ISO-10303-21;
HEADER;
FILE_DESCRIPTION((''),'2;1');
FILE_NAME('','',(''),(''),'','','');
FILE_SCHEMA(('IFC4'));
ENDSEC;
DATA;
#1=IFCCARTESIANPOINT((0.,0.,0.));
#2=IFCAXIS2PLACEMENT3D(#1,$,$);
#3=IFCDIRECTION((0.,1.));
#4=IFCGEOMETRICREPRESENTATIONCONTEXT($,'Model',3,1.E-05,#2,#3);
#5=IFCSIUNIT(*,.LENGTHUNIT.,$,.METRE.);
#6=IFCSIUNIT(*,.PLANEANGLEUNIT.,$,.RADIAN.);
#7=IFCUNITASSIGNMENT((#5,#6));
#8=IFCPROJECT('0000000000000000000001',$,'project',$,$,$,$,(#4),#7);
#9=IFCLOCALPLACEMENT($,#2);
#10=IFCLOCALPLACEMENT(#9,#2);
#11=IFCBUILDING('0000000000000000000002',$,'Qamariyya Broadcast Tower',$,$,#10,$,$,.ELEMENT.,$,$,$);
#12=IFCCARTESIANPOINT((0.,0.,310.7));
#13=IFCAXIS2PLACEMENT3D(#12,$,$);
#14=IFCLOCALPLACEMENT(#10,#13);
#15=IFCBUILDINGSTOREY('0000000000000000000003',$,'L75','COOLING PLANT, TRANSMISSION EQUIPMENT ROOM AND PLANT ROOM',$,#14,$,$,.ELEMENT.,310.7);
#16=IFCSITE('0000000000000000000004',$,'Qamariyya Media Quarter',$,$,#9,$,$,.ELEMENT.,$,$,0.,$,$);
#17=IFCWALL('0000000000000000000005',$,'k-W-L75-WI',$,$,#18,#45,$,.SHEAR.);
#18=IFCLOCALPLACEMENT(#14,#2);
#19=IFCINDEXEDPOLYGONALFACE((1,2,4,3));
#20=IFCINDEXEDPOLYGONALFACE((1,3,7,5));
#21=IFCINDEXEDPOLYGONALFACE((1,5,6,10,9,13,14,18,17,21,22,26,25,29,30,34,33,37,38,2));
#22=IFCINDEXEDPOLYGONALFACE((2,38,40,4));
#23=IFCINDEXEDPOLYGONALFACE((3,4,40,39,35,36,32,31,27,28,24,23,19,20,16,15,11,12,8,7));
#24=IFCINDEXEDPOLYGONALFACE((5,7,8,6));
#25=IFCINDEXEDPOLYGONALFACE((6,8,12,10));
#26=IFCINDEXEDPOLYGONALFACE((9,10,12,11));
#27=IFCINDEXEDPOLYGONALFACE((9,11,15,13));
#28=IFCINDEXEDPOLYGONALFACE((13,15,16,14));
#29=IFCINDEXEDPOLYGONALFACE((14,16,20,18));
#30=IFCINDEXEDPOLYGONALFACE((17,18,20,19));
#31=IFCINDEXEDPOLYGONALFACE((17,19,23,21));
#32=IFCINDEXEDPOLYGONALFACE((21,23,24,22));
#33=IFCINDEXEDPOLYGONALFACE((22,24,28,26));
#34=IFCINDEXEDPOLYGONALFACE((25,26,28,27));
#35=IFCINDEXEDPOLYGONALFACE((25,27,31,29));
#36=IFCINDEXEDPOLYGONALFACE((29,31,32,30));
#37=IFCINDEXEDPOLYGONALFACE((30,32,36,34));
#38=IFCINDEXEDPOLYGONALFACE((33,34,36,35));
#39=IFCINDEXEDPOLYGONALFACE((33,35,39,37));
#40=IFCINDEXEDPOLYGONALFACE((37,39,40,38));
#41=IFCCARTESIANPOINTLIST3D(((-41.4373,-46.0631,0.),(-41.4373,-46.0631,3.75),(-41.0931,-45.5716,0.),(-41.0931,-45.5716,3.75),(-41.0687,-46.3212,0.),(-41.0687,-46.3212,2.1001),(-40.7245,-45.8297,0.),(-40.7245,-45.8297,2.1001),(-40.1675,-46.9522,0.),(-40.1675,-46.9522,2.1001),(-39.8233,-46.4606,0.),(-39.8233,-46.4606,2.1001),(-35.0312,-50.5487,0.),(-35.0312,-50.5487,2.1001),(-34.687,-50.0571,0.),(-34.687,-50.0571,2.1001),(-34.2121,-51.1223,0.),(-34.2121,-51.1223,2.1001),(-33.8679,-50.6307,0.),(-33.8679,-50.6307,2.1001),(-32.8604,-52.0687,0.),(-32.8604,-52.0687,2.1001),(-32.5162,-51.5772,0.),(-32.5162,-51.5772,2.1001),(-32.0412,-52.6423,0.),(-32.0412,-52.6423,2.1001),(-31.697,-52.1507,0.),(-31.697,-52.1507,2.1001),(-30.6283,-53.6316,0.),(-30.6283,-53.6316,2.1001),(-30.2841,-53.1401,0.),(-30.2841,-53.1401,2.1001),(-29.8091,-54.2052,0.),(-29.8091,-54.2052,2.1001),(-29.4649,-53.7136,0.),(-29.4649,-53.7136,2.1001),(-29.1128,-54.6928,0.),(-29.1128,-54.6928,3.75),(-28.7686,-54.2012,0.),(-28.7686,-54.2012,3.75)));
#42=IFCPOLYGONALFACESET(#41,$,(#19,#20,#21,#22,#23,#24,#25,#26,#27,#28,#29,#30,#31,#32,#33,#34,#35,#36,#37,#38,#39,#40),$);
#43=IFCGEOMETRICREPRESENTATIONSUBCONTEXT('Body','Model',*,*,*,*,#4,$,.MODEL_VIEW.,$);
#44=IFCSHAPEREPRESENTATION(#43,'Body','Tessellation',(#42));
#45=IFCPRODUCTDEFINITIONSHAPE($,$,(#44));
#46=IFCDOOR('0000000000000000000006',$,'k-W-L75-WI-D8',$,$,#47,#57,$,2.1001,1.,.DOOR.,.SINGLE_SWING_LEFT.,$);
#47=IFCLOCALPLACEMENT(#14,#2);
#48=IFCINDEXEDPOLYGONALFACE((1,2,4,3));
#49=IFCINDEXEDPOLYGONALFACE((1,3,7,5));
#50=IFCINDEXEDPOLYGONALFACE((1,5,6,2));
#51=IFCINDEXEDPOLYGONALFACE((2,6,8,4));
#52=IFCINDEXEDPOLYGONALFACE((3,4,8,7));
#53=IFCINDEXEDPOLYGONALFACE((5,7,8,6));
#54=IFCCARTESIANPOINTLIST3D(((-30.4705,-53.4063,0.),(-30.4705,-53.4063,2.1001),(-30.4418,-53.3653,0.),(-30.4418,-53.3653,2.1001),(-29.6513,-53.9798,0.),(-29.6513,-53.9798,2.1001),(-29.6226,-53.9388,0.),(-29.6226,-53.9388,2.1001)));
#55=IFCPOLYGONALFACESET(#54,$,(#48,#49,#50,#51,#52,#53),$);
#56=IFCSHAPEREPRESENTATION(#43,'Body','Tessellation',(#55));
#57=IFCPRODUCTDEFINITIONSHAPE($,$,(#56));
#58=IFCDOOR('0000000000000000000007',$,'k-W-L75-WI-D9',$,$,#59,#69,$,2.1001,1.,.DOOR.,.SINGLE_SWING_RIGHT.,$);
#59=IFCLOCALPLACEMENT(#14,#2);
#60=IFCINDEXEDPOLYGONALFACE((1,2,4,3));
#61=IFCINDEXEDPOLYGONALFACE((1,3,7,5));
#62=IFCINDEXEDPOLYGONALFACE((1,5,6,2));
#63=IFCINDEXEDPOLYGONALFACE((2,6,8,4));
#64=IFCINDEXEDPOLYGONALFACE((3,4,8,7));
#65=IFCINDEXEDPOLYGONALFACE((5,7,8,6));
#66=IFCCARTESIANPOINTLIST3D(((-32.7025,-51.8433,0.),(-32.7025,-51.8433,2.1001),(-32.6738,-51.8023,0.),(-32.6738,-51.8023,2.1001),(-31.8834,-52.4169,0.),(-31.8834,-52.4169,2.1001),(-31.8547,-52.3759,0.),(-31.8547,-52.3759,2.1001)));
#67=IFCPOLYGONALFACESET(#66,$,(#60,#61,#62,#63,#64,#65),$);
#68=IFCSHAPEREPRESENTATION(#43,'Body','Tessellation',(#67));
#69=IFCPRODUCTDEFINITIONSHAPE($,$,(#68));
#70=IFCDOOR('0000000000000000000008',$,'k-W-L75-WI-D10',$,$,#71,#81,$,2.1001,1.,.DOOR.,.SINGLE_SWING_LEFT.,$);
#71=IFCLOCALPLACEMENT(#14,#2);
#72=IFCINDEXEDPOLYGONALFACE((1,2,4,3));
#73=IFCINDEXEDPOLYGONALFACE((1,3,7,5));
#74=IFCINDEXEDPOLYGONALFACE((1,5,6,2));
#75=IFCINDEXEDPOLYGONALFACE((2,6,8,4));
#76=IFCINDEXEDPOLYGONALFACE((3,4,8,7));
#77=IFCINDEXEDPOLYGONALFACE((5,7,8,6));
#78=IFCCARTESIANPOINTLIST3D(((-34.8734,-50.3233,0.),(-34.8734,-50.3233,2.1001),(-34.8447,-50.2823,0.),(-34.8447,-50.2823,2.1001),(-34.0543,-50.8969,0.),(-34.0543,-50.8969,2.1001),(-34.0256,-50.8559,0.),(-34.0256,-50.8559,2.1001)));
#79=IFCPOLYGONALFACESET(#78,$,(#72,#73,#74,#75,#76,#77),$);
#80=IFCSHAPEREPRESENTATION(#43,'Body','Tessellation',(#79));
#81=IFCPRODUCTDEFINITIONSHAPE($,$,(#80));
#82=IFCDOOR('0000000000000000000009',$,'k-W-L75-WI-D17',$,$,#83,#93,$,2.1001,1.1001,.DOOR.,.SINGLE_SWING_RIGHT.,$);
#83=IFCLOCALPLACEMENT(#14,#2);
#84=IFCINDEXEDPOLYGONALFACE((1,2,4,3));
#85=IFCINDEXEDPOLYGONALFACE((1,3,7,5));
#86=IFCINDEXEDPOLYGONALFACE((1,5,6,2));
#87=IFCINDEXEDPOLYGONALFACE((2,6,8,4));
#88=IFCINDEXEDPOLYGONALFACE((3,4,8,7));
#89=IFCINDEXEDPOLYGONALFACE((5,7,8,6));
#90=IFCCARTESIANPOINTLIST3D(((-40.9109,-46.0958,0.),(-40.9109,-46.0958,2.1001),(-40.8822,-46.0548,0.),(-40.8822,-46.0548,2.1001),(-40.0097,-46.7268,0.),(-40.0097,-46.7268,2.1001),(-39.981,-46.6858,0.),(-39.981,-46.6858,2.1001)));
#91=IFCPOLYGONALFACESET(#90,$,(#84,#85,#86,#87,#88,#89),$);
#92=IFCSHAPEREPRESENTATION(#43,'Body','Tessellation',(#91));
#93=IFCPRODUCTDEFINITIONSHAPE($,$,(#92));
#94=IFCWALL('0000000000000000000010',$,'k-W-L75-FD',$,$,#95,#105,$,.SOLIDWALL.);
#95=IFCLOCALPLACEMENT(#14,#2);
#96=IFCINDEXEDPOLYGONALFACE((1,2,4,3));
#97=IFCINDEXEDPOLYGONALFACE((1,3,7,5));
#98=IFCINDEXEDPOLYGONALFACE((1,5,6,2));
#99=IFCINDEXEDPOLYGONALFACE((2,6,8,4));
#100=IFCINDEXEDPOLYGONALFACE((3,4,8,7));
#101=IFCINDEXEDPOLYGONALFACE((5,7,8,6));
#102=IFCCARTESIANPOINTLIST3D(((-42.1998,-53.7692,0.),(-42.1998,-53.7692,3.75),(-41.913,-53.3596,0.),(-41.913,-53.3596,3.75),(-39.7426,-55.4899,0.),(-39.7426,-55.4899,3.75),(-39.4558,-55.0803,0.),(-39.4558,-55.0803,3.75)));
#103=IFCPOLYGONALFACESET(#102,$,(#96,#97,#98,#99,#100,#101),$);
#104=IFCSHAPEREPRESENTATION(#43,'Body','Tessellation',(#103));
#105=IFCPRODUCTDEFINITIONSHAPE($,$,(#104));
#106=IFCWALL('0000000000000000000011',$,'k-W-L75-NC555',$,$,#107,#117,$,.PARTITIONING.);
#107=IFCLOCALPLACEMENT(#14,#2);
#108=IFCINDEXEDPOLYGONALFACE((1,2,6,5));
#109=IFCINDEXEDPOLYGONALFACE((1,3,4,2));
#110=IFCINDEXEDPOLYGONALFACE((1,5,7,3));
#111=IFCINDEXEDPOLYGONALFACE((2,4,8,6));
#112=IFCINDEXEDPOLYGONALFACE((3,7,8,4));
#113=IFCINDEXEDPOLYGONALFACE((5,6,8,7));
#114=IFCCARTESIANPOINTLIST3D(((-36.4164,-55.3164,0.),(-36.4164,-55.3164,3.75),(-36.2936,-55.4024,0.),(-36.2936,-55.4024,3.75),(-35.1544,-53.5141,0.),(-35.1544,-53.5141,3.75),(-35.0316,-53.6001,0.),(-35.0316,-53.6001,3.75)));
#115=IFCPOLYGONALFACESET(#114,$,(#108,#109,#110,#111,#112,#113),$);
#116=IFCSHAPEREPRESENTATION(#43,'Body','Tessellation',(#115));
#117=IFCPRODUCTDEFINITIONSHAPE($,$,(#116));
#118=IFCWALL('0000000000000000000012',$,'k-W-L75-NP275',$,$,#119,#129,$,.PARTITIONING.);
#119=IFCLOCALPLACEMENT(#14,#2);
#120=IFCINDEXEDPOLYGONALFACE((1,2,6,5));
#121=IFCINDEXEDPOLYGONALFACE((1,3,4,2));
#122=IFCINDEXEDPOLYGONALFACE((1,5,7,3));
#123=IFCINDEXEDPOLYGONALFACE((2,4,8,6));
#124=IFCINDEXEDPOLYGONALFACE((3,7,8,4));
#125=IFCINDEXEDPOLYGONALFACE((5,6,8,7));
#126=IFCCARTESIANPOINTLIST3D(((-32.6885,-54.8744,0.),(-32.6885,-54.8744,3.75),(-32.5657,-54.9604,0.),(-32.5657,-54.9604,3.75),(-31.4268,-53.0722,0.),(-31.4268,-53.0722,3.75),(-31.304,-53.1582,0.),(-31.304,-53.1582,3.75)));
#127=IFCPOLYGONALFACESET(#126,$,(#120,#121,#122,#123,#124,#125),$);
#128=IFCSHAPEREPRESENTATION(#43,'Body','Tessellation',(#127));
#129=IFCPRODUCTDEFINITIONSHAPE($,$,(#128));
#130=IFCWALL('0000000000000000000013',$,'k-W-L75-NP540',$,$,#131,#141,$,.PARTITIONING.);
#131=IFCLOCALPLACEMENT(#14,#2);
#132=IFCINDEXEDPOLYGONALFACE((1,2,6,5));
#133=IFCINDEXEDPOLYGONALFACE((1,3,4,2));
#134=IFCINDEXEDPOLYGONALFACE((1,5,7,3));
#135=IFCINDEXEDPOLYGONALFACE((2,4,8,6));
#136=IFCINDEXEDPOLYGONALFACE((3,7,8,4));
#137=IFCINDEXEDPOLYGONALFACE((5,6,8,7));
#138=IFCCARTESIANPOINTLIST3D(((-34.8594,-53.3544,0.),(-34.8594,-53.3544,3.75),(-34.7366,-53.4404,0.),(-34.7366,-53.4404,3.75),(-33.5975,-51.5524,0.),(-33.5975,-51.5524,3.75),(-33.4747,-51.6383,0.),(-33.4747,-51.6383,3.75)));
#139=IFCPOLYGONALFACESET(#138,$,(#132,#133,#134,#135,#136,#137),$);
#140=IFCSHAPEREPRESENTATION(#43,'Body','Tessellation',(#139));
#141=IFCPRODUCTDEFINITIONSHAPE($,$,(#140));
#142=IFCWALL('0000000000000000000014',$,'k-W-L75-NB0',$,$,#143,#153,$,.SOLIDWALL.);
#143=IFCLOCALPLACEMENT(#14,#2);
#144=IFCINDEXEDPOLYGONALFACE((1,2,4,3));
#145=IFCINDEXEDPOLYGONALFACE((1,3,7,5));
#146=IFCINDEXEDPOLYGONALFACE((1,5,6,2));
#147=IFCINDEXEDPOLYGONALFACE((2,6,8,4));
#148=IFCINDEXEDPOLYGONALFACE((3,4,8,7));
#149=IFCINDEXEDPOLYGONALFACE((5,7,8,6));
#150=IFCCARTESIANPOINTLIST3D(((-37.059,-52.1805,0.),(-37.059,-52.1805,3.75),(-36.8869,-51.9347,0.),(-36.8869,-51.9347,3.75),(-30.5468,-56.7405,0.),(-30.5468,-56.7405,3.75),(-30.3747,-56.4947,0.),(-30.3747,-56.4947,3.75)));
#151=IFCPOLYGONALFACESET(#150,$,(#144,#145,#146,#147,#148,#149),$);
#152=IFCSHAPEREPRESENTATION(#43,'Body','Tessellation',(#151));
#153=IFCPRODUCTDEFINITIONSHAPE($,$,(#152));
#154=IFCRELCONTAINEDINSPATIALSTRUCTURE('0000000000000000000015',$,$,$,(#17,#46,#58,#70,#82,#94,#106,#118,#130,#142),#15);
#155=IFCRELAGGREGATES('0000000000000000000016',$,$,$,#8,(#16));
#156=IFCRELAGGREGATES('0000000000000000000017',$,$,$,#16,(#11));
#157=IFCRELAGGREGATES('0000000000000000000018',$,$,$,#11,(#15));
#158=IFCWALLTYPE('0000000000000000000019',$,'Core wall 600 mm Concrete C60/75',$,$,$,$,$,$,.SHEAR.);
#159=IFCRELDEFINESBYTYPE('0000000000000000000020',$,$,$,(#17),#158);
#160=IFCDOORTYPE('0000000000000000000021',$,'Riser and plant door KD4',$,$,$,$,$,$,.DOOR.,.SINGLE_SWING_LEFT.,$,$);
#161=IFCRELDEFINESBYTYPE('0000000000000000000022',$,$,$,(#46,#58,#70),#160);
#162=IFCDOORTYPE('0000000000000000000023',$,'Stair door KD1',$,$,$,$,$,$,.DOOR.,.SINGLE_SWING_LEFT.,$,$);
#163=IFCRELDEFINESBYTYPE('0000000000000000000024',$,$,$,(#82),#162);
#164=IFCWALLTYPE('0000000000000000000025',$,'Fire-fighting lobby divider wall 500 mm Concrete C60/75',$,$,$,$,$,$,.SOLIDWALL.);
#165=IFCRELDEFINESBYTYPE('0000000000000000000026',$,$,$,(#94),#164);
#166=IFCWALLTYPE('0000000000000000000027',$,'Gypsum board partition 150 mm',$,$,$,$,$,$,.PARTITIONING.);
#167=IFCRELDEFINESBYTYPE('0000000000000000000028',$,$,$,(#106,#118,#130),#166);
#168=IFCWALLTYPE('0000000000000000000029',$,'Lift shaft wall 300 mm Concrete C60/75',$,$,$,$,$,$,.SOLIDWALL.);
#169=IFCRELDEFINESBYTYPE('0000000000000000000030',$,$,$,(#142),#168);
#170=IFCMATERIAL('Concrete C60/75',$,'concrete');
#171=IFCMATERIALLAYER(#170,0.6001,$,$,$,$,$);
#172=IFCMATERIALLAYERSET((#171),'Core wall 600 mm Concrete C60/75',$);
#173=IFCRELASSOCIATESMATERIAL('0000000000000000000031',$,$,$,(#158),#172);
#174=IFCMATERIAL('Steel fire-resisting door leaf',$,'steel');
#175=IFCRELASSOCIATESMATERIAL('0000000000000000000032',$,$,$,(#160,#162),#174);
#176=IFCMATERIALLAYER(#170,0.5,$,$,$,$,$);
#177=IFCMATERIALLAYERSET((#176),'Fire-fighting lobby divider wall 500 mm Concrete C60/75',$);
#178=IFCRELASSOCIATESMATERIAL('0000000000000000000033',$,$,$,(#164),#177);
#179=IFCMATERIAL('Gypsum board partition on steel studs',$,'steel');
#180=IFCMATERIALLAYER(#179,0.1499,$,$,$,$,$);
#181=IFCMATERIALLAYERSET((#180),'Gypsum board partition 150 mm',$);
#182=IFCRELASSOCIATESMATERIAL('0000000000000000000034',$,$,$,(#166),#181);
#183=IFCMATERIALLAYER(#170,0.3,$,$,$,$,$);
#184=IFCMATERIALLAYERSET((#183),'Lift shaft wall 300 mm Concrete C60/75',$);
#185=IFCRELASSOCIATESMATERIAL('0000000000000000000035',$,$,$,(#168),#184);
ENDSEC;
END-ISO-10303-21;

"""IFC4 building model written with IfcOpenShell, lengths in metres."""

from ifc_helpers import new_model, si_unit, direction, frame, frame_2d, origin, place, context, subcontext, project, spatial, rectangle, extrude, material, layer, layer_set, type_object, element, fill, save


model = new_model("IFC4")

# Units and contexts
model_context = context("Model", 3, precision=1e-05, world=origin(), true_north=direction((0.0, 1.0)))
body_context = subcontext(model_context, "Body", "Model", "MODEL_VIEW")
ifc_project = project(units=[si_unit("LENGTHUNIT", "METRE"), si_unit("PLANEANGLEUNIT", "RADIAN")], contexts=[model_context])

# Site, building, storey
site_placement = place(None, origin())
site = spatial("IfcSite", under=ifc_project, at=site_placement, Name="Qamariyya Media Quarter", CompositionType="ELEMENT", RefElevation=0.0)
building_placement = place(site_placement, origin())
building = spatial("IfcBuilding", under=site, at=building_placement, Name="Qamariyya Broadcast Tower", CompositionType="ELEMENT")
storey_placement = place(building_placement, frame((0.0, 0.0, 310.7)))
storey = spatial("IfcBuildingStorey", under=building, at=storey_placement, Name="L75", Description="COOLING PLANT, TRANSMISSION EQUIPMENT ROOM AND PLANT ROOM", CompositionType="ELEMENT", Elevation=310.7)

# Wall, openings, doors
ifc_material_1 = material(Name="Concrete C60/75", Category="concrete")
ifc_layer_1 = layer(ifc_material_1, 0.6001)
ifc_layer_set_1 = layer_set([ifc_layer_1], Name="Core wall 600 mm Concrete C60/75")
wall_type_1 = type_object("IfcWallType", Name="Core wall 600 mm Concrete C60/75", PredefinedType="SHEAR", material=ifc_layer_set_1)
wall_1_placement = place(storey_placement, frame((-28.9407, -54.447, 0.0), z_axis=(0.0, 0.0, 1.0), x_axis=(-0.819153, 0.573575, 0.0)))
wall_1 = element("IfcWall", 1, at=wall_1_placement, inside=storey, type_object=wall_type_1, Name="k-W-L75-WI", PredefinedType="SHEAR", context=body_context, shape_type="SweptSolid", body=[
    extrude(rectangle(XDim=15.0454, YDim=0.6001, at=frame_2d((7.5227, 0.0))), origin(), (0.0, 0.0, 1.0), 3.75),
])
opening_1_placement = place(wall_1_placement, frame((0.8501, 0.0, 0.0)))
opening_1 = element("IfcOpeningElement", 2, at=opening_1_placement, cuts=wall_1, PredefinedType="OPENING", context=body_context, shape_type="SweptSolid", body=[
    extrude(rectangle(XDim=1.0, YDim=2.1001, at=frame_2d((0.5, 1.05))), frame((0.0, 0.3101, 0.0), z_axis=(0.0, -1.0, 0.0), x_axis=(1.0, 0.0, 0.0)), (0.0, 0.0, 1.0), 0.6201),
])
opening_2_placement = place(wall_1_placement, frame((3.575, 0.0, 0.0)))
opening_2 = element("IfcOpeningElement", 3, at=opening_2_placement, cuts=wall_1, PredefinedType="OPENING", context=body_context, shape_type="SweptSolid", body=[
    extrude(rectangle(XDim=1.0, YDim=2.1001, at=frame_2d((0.5, 1.05))), frame((0.0, 0.3101, 0.0), z_axis=(0.0, -1.0, 0.0), x_axis=(1.0, 0.0, 0.0)), (0.0, 0.0, 1.0), 0.6201),
])
opening_3_placement = place(wall_1_placement, frame((6.2251, 0.0, 0.0)))
opening_3 = element("IfcOpeningElement", 4, at=opening_3_placement, cuts=wall_1, PredefinedType="OPENING", context=body_context, shape_type="SweptSolid", body=[
    extrude(rectangle(XDim=1.0, YDim=2.1001, at=frame_2d((0.5, 1.05))), frame((0.0, 0.3101, 0.0), z_axis=(0.0, -1.0, 0.0), x_axis=(1.0, 0.0, 0.0)), (0.0, 0.0, 1.0), 0.6201),
])
opening_4_placement = place(wall_1_placement, frame((13.4954, 0.0, 0.0)))
opening_4 = element("IfcOpeningElement", 5, at=opening_4_placement, cuts=wall_1, PredefinedType="OPENING", context=body_context, shape_type="SweptSolid", body=[
    extrude(rectangle(XDim=1.1001, YDim=2.1001, at=frame_2d((0.55, 1.05))), frame((0.0, 0.3101, 0.0), z_axis=(0.0, -1.0, 0.0), x_axis=(1.0, 0.0, 0.0)), (0.0, 0.0, 1.0), 0.6201),
])
ifc_material_2 = material(Name="Steel fire-resisting door leaf", Category="steel")
door_type_1 = type_object("IfcDoorType", Name="Riser and plant door KD4", OperationType="SINGLE_SWING_LEFT", PredefinedType="DOOR", material=ifc_material_2)
door_1_placement = place(opening_1_placement, origin())
door_1 = element("IfcDoor", 6, at=door_1_placement, inside=storey, type_object=door_type_1, Name="k-W-L75-WI-D8", OperationType="SINGLE_SWING_LEFT", OverallHeight=2.1001, OverallWidth=1.0, PredefinedType="DOOR", context=body_context, shape_type="SweptSolid", body=[
    extrude(rectangle(XDim=1.0, YDim=2.1001, at=frame_2d((0.5, 1.05))), frame((0.0, 0.0249, 0.0), z_axis=(0.0, -1.0, 0.0), x_axis=(1.0, 0.0, 0.0)), (0.0, 0.0, 1.0), 0.05),
])
fill(opening_1, door_1)
door_2_placement = place(opening_2_placement, origin())
door_2 = element("IfcDoor", 7, at=door_2_placement, inside=storey, type_object=door_type_1, Name="k-W-L75-WI-D9", OperationType="SINGLE_SWING_RIGHT", OverallHeight=2.1001, OverallWidth=1.0, PredefinedType="DOOR", context=body_context, shape_type="SweptSolid", body=[
    extrude(rectangle(XDim=1.0, YDim=2.1001, at=frame_2d((0.5, 1.05))), frame((0.0, 0.0249, 0.0), z_axis=(0.0, -1.0, 0.0), x_axis=(1.0, 0.0, 0.0)), (0.0, 0.0, 1.0), 0.05),
])
fill(opening_2, door_2)
door_3_placement = place(opening_3_placement, origin())
door_3 = element("IfcDoor", 8, at=door_3_placement, inside=storey, type_object=door_type_1, Name="k-W-L75-WI-D10", OperationType="SINGLE_SWING_LEFT", OverallHeight=2.1001, OverallWidth=1.0, PredefinedType="DOOR", context=body_context, shape_type="SweptSolid", body=[
    extrude(rectangle(XDim=1.0, YDim=2.1001, at=frame_2d((0.5, 1.05))), frame((0.0, 0.0249, 0.0), z_axis=(0.0, -1.0, 0.0), x_axis=(1.0, 0.0, 0.0)), (0.0, 0.0, 1.0), 0.05),
])
fill(opening_3, door_3)
door_type_2 = type_object("IfcDoorType", Name="Stair door KD1", OperationType="SINGLE_SWING_LEFT", PredefinedType="DOOR", material=ifc_material_2)
door_4_placement = place(opening_4_placement, origin())
door_4 = element("IfcDoor", 9, at=door_4_placement, inside=storey, type_object=door_type_2, Name="k-W-L75-WI-D17", OperationType="SINGLE_SWING_RIGHT", OverallHeight=2.1001, OverallWidth=1.1001, PredefinedType="DOOR", context=body_context, shape_type="SweptSolid", body=[
    extrude(rectangle(XDim=1.1001, YDim=2.1001, at=frame_2d((0.55, 1.05))), frame((0.0, 0.0249, 0.0), z_axis=(0.0, -1.0, 0.0), x_axis=(1.0, 0.0, 0.0)), (0.0, 0.0, 1.0), 0.05),
])
fill(opening_4, door_4)

# Walls
ifc_layer_2 = layer(ifc_material_1, 0.5)
ifc_layer_set_2 = layer_set([ifc_layer_2], Name="Fire-fighting lobby divider wall 500 mm Concrete C60/75")
wall_type_2 = type_object("IfcWallType", Name="Fire-fighting lobby divider wall 500 mm Concrete C60/75", PredefinedType="SOLIDWALL", material=ifc_layer_set_2)
wall_2_placement = place(storey_placement, frame((-39.5991, -55.2852, 0.0), z_axis=(0.0, 0.0, 1.0), x_axis=(-0.819136, 0.573599, 0.0)))
element("IfcWall", 10, at=wall_2_placement, inside=storey, type_object=wall_type_2, Name="k-W-L75-FD", PredefinedType="SOLIDWALL", context=body_context, shape_type="SweptSolid", body=[
    extrude(rectangle(XDim=2.9998, YDim=0.5, at=frame_2d((1.5, 0.0))), origin(), (0.0, 0.0, 1.0), 3.75),
])
ifc_material_3 = material(Name="Gypsum board partition on steel studs", Category="steel")
ifc_layer_3 = layer(ifc_material_3, 0.1499)
ifc_layer_set_3 = layer_set([ifc_layer_3], Name="Gypsum board partition 150 mm")
wall_type_3 = type_object("IfcWallType", Name="Gypsum board partition 150 mm", PredefinedType="PARTITIONING", material=ifc_layer_set_3)
wall_3_placement = place(storey_placement, frame((-36.355, -55.3594, 0.0), z_axis=(0.0, 0.0, 1.0), x_axis=(0.573581, 0.819149, 0.0)))
element("IfcWall", 11, at=wall_3_placement, inside=storey, type_object=wall_type_3, Name="k-W-L75-NC555", PredefinedType="PARTITIONING", context=body_context, shape_type="SweptSolid", body=[
    extrude(rectangle(XDim=2.2002, YDim=0.1499, at=frame_2d((1.1001, 0.0))), origin(), (0.0, 0.0, 1.0), 3.75),
])
for number, where, z_axis, x_axis, name in (
    (12, (-32.6272, -54.9175, 0.0), (0.0, 0.0, 1.0), (0.573507, 0.819201, 0.0), "k-W-L75-NP275"),
    (13, (-34.7981, -53.3975, 0.0), (0.0, 0.0, 1.0), (0.573634, 0.819112, 0.0), "k-W-L75-NP540"),
):
    element("IfcWall", number, at=place(storey_placement, frame(where, z_axis=z_axis, x_axis=x_axis)), inside=storey, type_object=wall_type_3, Name=name, PredefinedType="PARTITIONING", context=body_context, shape_type="SweptSolid", body=[
        extrude(rectangle(XDim=2.2, YDim=0.1499, at=frame_2d((1.1001, 0.0))), origin(), (0.0, 0.0, 1.0), 3.75),
    ])
ifc_layer_4 = layer(ifc_material_1, 0.3)
ifc_layer_set_4 = layer_set([ifc_layer_4], Name="Lift shaft wall 300 mm Concrete C60/75")
wall_type_4 = type_object("IfcWallType", Name="Lift shaft wall 300 mm Concrete C60/75", PredefinedType="SOLIDWALL", material=ifc_layer_set_4)
wall_4_placement = place(storey_placement, frame((-30.4607, -56.6177, 0.0), z_axis=(0.0, 0.0, 1.0), x_axis=(-0.819142, 0.57359, 0.0)))
element("IfcWall", 14, at=wall_4_placement, inside=storey, type_object=wall_type_4, Name="k-W-L75-NB0", PredefinedType="SOLIDWALL", context=body_context, shape_type="SweptSolid", body=[
    extrude(rectangle(XDim=7.95, YDim=0.3, at=frame_2d((3.9751, 0.0))), origin(), (0.0, 0.0, 1.0), 3.75),
])

save(model, "model.ifc")
